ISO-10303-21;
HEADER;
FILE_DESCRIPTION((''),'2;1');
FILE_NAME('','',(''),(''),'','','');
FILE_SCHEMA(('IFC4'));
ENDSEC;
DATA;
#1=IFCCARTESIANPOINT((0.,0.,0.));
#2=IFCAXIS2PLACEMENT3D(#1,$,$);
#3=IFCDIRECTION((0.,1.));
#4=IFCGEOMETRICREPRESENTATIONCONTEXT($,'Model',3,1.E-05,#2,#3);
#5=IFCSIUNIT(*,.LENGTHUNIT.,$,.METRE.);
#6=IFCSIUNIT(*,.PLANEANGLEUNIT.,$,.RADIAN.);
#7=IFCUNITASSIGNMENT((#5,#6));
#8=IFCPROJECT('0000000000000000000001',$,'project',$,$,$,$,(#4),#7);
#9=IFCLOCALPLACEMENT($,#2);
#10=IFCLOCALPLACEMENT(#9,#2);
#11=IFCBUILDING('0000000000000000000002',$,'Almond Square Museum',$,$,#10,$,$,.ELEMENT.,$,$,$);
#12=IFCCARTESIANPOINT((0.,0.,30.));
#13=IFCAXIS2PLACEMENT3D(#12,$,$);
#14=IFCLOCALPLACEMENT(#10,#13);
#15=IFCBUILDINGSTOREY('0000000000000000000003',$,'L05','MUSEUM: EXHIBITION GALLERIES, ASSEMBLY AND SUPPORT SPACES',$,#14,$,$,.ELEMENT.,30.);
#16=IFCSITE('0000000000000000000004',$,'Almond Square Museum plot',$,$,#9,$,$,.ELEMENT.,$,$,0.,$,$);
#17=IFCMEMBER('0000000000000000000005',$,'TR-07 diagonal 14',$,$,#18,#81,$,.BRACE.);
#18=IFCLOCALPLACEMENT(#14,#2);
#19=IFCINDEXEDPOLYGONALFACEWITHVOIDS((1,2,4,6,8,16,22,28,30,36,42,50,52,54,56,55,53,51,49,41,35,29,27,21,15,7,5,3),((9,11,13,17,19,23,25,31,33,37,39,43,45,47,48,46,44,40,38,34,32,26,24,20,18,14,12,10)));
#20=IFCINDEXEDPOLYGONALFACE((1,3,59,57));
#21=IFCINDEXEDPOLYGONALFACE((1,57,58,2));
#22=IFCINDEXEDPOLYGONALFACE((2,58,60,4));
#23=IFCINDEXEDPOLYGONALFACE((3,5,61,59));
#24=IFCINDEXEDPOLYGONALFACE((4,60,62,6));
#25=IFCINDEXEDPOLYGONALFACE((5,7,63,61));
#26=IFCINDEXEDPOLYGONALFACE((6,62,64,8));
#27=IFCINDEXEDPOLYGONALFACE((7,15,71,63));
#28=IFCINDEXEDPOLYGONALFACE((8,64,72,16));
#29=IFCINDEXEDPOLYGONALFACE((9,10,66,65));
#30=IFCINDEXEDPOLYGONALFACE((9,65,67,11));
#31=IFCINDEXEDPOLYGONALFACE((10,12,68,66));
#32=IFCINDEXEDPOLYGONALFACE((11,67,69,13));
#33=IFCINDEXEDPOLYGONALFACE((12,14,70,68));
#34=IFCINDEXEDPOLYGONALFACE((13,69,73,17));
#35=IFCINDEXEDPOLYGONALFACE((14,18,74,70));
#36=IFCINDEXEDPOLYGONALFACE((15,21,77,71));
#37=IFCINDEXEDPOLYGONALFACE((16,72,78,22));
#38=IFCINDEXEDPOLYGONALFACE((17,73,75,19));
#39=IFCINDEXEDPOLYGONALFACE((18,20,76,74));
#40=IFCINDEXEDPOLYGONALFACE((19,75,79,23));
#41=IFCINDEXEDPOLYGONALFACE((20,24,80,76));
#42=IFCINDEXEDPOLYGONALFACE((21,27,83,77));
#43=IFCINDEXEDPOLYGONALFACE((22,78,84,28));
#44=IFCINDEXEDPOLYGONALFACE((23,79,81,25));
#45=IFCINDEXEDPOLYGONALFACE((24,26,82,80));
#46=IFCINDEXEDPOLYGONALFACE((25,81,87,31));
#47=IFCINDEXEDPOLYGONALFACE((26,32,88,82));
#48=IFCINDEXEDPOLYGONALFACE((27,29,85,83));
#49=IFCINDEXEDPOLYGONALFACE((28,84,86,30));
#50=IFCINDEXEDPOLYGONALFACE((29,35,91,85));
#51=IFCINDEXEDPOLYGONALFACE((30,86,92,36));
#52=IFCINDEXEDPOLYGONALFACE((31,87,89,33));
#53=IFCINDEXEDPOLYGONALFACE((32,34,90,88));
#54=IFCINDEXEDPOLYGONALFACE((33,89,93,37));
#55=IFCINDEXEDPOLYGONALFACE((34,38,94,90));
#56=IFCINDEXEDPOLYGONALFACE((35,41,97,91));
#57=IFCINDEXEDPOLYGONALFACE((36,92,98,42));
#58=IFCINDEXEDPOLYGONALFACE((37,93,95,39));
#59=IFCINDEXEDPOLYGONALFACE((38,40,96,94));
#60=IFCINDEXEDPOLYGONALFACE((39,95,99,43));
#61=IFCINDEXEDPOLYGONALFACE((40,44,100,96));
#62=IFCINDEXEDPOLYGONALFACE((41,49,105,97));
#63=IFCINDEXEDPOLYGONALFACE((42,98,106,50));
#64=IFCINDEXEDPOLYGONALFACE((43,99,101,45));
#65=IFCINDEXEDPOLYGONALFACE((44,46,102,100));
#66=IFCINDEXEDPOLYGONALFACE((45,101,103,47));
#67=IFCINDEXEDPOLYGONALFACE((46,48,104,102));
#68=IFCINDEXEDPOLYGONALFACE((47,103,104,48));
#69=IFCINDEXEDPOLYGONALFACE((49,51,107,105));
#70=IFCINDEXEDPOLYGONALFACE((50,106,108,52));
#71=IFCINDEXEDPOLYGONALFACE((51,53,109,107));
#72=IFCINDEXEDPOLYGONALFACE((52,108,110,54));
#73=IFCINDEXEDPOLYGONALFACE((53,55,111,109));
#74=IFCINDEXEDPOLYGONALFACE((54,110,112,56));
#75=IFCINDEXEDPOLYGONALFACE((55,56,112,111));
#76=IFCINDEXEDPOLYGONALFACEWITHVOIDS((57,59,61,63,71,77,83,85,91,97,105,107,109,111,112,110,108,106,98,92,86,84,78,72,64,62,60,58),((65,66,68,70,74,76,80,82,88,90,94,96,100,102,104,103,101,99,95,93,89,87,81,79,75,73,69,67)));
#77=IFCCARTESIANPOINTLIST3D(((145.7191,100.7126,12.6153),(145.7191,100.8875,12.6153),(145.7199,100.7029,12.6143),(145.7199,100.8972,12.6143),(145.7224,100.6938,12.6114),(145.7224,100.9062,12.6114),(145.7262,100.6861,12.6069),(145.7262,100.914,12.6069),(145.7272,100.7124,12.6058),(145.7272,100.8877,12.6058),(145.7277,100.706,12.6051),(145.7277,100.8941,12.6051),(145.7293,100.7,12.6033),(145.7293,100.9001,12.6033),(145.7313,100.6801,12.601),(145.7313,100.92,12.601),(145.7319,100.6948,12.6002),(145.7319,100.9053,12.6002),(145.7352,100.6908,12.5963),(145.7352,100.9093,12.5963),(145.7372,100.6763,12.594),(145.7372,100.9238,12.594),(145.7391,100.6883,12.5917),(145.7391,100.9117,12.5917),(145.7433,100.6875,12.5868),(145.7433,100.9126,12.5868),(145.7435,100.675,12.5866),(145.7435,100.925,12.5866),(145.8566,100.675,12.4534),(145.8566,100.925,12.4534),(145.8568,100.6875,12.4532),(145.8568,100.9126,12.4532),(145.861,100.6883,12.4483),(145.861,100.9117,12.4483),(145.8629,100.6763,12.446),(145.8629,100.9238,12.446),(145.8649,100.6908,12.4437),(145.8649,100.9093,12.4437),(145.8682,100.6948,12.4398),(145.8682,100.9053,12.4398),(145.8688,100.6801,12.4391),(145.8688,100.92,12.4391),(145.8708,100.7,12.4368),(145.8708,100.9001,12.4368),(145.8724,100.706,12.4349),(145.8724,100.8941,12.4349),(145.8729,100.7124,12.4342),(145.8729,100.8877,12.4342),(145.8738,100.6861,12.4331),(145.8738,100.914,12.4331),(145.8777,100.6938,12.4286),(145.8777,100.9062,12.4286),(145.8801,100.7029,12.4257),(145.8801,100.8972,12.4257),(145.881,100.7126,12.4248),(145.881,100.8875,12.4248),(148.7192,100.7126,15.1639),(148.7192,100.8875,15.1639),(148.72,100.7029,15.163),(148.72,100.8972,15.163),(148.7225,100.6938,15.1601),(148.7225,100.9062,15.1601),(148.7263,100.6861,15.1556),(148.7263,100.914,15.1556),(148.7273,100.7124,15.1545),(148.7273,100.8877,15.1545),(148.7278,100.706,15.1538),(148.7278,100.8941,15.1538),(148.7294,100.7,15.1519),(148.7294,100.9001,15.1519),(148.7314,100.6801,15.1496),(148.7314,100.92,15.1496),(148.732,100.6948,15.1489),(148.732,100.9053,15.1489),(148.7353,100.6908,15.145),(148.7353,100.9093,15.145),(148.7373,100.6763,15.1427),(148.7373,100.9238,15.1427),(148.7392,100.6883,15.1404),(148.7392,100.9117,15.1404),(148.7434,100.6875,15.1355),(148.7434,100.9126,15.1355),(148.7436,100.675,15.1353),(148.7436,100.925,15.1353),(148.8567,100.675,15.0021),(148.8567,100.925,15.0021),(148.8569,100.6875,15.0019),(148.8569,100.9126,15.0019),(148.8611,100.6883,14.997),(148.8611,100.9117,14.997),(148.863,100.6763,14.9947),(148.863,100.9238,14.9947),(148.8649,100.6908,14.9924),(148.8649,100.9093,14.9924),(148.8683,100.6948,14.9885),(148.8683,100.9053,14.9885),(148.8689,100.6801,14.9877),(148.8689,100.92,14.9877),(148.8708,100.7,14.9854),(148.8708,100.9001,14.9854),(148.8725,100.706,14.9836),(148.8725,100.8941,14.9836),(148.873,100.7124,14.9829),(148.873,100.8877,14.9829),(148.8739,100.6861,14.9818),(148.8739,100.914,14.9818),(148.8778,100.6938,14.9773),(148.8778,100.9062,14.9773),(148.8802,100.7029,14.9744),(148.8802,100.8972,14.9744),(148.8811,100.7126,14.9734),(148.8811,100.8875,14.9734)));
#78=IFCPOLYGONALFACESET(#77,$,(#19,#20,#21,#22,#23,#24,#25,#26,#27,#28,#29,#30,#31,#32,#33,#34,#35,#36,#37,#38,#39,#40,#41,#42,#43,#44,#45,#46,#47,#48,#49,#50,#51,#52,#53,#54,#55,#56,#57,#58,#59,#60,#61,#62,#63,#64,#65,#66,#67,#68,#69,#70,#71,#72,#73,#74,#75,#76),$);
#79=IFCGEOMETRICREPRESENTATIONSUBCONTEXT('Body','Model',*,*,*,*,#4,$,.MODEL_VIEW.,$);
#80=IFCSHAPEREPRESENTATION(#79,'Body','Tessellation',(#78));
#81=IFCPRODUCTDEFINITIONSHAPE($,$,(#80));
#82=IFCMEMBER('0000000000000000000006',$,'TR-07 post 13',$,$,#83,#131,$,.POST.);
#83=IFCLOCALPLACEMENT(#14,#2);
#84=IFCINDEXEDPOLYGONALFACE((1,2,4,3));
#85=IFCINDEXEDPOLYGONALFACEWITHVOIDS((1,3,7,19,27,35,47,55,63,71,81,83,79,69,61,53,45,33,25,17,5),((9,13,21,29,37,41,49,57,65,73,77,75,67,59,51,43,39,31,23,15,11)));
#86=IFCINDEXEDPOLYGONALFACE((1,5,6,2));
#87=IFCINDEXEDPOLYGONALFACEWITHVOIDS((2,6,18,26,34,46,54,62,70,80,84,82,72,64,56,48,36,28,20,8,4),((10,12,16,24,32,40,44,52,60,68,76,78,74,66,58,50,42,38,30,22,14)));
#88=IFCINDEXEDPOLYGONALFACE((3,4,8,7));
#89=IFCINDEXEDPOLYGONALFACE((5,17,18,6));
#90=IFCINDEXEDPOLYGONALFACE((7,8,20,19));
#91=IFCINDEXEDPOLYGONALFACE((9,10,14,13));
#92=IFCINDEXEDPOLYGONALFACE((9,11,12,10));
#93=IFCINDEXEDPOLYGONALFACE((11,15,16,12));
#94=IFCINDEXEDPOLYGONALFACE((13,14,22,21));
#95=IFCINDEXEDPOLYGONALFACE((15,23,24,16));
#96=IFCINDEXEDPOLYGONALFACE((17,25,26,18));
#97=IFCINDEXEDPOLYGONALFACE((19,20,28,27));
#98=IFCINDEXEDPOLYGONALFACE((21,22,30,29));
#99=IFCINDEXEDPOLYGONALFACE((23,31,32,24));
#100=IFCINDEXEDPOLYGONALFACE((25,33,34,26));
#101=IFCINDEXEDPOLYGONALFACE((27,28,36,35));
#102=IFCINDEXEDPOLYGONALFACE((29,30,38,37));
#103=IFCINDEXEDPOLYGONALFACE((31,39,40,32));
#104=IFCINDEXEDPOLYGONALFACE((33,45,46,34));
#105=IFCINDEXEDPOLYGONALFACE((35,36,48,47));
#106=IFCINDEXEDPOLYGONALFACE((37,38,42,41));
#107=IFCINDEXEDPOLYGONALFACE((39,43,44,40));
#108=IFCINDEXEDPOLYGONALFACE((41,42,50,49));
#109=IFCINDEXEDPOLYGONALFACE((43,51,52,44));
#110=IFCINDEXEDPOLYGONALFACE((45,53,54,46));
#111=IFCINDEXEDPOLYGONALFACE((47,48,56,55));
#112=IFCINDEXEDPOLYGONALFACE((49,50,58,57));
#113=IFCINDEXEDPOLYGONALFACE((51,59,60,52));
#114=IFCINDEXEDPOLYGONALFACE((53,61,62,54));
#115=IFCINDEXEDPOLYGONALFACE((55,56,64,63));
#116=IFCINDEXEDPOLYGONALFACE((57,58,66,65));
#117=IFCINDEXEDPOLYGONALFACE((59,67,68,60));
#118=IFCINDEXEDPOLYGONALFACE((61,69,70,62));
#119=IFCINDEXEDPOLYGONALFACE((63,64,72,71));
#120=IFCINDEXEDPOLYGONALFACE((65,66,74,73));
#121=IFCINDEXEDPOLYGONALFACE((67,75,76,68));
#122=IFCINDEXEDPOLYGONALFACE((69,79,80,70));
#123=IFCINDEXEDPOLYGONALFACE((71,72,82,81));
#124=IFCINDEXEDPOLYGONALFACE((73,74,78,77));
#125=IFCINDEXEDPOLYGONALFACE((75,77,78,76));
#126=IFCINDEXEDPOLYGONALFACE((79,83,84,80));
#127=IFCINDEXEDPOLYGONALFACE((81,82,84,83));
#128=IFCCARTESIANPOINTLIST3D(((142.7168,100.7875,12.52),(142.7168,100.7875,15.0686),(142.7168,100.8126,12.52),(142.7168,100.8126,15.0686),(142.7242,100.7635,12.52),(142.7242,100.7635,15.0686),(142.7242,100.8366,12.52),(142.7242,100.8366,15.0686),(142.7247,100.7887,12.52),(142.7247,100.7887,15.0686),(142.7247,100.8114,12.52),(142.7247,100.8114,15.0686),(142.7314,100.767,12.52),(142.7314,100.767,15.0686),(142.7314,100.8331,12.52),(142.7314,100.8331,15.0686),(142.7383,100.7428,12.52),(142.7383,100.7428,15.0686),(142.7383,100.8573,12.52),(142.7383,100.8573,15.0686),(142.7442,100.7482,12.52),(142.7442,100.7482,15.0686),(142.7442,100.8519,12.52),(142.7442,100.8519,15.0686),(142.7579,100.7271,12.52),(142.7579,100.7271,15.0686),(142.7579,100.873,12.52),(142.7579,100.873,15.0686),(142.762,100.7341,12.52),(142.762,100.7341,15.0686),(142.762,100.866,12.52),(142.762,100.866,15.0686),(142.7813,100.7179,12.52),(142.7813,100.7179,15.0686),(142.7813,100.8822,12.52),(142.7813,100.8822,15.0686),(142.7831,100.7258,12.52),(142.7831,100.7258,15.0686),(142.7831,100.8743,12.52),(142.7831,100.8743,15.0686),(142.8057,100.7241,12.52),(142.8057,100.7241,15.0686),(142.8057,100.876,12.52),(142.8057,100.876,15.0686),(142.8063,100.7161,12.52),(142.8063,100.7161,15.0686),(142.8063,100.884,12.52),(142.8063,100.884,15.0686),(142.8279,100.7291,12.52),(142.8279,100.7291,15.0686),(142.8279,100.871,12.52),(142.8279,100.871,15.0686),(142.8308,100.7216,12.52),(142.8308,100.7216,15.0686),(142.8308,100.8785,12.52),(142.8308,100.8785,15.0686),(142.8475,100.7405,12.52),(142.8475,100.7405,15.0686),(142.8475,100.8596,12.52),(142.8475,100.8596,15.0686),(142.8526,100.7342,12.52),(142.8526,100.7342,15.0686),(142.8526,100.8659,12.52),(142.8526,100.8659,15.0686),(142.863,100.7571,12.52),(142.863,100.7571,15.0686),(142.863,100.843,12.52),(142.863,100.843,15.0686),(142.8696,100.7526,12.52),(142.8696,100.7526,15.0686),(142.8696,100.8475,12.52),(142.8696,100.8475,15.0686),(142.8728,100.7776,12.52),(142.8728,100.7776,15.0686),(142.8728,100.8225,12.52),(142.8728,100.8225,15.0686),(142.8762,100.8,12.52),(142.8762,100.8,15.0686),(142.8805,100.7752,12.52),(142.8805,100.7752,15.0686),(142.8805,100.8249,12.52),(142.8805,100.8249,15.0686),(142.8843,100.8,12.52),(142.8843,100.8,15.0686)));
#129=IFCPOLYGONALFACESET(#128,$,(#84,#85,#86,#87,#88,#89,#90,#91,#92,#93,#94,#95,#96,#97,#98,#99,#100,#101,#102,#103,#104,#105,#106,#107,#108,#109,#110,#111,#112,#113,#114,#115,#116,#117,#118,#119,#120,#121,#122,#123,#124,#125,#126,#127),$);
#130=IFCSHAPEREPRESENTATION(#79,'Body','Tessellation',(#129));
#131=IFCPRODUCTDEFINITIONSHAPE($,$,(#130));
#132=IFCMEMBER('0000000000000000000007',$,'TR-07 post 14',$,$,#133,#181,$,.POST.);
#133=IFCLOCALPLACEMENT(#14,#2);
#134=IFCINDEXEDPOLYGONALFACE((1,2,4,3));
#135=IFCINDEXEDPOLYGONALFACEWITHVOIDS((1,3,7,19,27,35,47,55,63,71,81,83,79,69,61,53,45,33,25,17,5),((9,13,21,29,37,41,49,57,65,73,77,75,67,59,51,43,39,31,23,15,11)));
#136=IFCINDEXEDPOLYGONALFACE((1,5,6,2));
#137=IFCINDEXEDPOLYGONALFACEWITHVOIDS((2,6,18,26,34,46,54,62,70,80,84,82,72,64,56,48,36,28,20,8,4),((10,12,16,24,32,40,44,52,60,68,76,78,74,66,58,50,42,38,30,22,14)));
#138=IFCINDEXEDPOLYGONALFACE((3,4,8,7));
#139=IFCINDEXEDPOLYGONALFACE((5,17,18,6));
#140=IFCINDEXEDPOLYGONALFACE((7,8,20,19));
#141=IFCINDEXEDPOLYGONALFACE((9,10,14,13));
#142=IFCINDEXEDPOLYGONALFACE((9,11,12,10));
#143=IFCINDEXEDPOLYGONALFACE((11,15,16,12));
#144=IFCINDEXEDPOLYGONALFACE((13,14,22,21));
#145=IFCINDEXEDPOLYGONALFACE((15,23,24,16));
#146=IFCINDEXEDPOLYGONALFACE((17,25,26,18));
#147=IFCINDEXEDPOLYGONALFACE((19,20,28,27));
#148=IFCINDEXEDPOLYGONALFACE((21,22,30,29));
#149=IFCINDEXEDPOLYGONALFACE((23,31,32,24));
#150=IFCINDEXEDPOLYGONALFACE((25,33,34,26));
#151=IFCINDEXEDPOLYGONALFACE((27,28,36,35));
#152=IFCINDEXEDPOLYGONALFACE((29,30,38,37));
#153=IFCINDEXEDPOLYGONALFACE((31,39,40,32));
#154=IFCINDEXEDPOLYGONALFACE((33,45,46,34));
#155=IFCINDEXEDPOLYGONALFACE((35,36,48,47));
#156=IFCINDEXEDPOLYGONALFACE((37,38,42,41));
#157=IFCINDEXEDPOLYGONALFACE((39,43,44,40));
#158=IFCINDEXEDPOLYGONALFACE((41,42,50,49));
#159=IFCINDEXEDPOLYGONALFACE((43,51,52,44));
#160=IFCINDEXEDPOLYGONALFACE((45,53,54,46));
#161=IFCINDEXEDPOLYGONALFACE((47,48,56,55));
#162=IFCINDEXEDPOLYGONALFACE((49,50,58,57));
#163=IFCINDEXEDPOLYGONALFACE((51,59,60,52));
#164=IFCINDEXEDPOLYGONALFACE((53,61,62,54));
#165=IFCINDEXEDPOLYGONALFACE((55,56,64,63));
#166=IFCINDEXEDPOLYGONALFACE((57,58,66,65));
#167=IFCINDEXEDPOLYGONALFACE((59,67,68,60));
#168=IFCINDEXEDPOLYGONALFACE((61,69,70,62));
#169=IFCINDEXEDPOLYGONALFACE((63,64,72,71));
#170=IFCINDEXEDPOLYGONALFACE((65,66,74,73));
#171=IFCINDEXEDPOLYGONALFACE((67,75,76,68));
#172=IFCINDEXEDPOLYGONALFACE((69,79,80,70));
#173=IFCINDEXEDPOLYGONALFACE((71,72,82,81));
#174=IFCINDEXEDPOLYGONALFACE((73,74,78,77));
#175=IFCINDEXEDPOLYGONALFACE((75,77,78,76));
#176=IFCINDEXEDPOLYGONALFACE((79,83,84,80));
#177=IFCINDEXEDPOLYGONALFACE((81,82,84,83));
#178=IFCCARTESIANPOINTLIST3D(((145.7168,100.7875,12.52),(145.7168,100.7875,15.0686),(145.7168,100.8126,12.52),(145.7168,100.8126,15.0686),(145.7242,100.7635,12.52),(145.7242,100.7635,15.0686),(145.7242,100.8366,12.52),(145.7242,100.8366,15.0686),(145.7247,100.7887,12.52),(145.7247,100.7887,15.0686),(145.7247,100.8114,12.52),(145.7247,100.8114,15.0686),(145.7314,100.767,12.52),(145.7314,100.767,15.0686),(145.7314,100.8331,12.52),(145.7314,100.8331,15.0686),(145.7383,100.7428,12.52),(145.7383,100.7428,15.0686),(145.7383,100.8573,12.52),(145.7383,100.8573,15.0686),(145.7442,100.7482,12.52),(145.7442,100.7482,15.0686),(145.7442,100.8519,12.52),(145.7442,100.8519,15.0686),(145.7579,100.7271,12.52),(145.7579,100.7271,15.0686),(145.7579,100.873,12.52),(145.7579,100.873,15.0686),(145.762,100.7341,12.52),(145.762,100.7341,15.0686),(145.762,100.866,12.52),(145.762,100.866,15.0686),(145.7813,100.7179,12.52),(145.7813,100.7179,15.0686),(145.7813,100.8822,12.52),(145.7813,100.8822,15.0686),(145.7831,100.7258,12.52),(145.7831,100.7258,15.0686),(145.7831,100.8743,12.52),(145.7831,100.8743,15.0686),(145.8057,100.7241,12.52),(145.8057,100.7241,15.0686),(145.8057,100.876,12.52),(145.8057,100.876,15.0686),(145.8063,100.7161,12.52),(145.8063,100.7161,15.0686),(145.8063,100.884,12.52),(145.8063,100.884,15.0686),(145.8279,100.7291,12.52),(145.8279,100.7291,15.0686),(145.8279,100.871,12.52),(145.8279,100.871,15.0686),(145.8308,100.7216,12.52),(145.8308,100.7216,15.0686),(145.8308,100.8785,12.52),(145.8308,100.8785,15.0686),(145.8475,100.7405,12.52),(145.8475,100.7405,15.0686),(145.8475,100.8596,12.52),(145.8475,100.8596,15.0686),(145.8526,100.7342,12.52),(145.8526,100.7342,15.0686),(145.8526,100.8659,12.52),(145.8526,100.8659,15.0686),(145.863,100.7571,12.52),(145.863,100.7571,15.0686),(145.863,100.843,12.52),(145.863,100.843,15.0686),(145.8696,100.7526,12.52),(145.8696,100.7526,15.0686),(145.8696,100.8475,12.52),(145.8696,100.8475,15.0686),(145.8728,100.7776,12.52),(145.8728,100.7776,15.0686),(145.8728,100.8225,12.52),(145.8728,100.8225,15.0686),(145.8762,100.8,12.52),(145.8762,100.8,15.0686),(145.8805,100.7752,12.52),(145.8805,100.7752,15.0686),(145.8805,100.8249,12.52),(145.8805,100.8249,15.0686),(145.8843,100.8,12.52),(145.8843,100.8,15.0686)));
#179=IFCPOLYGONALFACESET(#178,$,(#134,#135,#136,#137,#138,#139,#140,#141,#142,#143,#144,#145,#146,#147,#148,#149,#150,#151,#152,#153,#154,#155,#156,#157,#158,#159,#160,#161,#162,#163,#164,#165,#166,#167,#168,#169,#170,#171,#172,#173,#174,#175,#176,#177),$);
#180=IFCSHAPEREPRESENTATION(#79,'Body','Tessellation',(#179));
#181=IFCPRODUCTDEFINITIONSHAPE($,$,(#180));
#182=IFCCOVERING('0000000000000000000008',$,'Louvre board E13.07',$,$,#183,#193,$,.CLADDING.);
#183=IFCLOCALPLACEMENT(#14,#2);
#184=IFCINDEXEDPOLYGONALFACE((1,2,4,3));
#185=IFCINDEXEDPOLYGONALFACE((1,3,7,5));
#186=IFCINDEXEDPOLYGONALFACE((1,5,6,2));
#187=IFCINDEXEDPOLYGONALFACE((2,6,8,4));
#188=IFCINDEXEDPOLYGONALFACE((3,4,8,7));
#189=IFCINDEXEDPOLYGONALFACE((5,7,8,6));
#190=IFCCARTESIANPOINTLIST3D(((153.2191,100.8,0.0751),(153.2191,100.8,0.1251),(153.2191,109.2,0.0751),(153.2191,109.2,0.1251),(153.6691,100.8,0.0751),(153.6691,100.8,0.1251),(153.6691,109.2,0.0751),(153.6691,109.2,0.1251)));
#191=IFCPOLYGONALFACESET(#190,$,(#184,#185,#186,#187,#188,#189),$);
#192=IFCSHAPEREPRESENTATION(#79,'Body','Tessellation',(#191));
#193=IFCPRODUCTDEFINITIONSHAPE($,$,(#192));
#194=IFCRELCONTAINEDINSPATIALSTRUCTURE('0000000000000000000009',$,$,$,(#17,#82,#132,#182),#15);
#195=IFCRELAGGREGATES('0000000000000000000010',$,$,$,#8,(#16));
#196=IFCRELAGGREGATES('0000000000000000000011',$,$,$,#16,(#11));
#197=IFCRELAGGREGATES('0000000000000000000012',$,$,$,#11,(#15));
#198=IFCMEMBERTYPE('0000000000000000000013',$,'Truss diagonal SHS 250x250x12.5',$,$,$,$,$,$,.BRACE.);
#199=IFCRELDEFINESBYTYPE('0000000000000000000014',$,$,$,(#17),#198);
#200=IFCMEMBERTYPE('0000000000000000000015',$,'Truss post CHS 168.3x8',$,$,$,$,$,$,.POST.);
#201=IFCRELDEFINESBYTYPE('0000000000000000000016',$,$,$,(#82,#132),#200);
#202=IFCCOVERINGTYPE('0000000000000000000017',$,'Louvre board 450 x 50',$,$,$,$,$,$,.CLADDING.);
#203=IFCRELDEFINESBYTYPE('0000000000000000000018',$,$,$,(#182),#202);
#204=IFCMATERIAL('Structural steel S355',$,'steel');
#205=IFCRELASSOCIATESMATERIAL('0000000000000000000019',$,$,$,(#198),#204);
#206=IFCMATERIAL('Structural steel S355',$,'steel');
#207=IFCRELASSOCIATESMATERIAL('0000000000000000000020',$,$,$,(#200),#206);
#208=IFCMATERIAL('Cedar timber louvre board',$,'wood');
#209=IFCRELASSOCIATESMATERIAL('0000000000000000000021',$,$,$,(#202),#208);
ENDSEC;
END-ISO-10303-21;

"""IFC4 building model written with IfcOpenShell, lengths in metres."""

from ifc_helpers import new_model, si_unit, direction, frame, origin, origin_2d, place, context, subcontext, project, spatial, rectangle, hollow_rectangle, hollow_circle, extrude, material, material_profile, profile_set, type_object, element, save


model = new_model("IFC4")

# Units and contexts
model_context = context("Model", 3, precision=1e-05, world=origin(), true_north=direction((0.0, 1.0)))
body_context = subcontext(model_context, "Body", "Model", "MODEL_VIEW")
ifc_project = project(units=[si_unit("LENGTHUNIT", "METRE"), si_unit("PLANEANGLEUNIT", "RADIAN")], contexts=[model_context])

# Site, building, storey
site_placement = place(None, origin())
site = spatial("IfcSite", under=ifc_project, at=site_placement, Name="Almond Square Museum plot", CompositionType="ELEMENT", RefElevation=0.0)
building_placement = place(site_placement, origin())
building = spatial("IfcBuilding", under=site, at=building_placement, Name="Almond Square Museum", CompositionType="ELEMENT")
storey_placement = place(building_placement, frame((0.0, 0.0, 30.0)))
storey = spatial("IfcBuildingStorey", under=building, at=storey_placement, Name="L05", Description="MUSEUM: EXHIBITION GALLERIES, ASSEMBLY AND SUPPORT SPACES", CompositionType="ELEMENT", Elevation=30.0)

# Members
ifc_material_1 = material(Name="Structural steel S355", Category="steel")
ifc_material_profile_1 = material_profile(ifc_material_1, hollow_rectangle(XDim=0.25, YDim=0.25, WallThickness=0.0125, InnerFilletRadius=0.0249, OuterFilletRadius=0.0376, at=origin_2d()))
ifc_profile_set_1 = profile_set([ifc_material_profile_1], Name="Structural steel S355")
member_type_1 = type_object("IfcMemberType", Name="Truss diagonal SHS 250x250x12.5", PredefinedType="BRACE", material=ifc_profile_set_1)
member_placement = place(storey_placement, frame((145.8, 100.8, 12.52), z_axis=(0.762117, 0.0, 0.64744), x_axis=(0.0, 1.0, 0.0)))
element("IfcMember", 1, at=member_placement, inside=storey, type_object=member_type_1, Name="TR-07 diagonal 14", PredefinedType="BRACE", context=body_context, shape_type="SweptSolid", body=[
    extrude(hollow_rectangle(XDim=0.25, YDim=0.25, WallThickness=0.0125, InnerFilletRadius=0.0249, OuterFilletRadius=0.0376, at=origin_2d()), origin(), (0.0, 0.0, 1.0), 3.9365),
])
ifc_material_2 = material(Name="Structural steel S355", Category="steel")
ifc_material_profile_2 = material_profile(ifc_material_2, hollow_circle(Radius=0.0842, WallThickness=0.0081, at=origin_2d()))
ifc_profile_set_2 = profile_set([ifc_material_profile_2], Name="Structural steel S355")
member_type_2 = type_object("IfcMemberType", Name="Truss post CHS 168.3x8", PredefinedType="POST", material=ifc_profile_set_2)
for number, where, z_axis, x_axis, name in (
    (2, (142.8, 100.8, 12.52), (0.0, 0.0, 1.0), (1.0, 0.0, 0.0), "TR-07 post 13"),
    (3, (145.8, 100.8, 12.52), (0.0, 0.0, 1.0), (1.0, 0.0, 0.0), "TR-07 post 14"),
):
    element("IfcMember", number, at=place(storey_placement, frame(where, z_axis=z_axis, x_axis=x_axis)), inside=storey, type_object=member_type_2, Name=name, PredefinedType="POST", context=body_context, shape_type="SweptSolid", body=[
        extrude(hollow_circle(Radius=0.0842, WallThickness=0.0081, at=origin_2d()), origin(), (0.0, 0.0, 1.0), 2.5486),
    ])

# Covering
ifc_material_3 = material(Name="Cedar timber louvre board", Category="wood")
ifc_material_profile_3 = material_profile(ifc_material_3, rectangle(XDim=0.45, YDim=0.05, at=origin_2d()))
ifc_profile_set_3 = profile_set([ifc_material_profile_3], Name="Cedar timber louvre board")
covering_type = type_object("IfcCoveringType", Name="Louvre board 450 x 50", PredefinedType="CLADDING", material=ifc_profile_set_3)
for number, where, z_axis, x_axis, name in (
    (4, (153.4441, 100.8, 0.1001), (0.0, 1.0, 0.0), (-1.0, 0.0, 0.0), "Louvre board E13.07"),
):
    element("IfcCovering", number, at=place(storey_placement, frame(where, z_axis=z_axis, x_axis=x_axis)), inside=storey, type_object=covering_type, Name=name, PredefinedType="CLADDING", context=body_context, shape_type="SweptSolid", body=[
        extrude(rectangle(XDim=0.45, YDim=0.05, at=origin_2d()), origin(), (0.0, 0.0, 1.0), 8.3999),
    ])

save(model, "model.ifc")
